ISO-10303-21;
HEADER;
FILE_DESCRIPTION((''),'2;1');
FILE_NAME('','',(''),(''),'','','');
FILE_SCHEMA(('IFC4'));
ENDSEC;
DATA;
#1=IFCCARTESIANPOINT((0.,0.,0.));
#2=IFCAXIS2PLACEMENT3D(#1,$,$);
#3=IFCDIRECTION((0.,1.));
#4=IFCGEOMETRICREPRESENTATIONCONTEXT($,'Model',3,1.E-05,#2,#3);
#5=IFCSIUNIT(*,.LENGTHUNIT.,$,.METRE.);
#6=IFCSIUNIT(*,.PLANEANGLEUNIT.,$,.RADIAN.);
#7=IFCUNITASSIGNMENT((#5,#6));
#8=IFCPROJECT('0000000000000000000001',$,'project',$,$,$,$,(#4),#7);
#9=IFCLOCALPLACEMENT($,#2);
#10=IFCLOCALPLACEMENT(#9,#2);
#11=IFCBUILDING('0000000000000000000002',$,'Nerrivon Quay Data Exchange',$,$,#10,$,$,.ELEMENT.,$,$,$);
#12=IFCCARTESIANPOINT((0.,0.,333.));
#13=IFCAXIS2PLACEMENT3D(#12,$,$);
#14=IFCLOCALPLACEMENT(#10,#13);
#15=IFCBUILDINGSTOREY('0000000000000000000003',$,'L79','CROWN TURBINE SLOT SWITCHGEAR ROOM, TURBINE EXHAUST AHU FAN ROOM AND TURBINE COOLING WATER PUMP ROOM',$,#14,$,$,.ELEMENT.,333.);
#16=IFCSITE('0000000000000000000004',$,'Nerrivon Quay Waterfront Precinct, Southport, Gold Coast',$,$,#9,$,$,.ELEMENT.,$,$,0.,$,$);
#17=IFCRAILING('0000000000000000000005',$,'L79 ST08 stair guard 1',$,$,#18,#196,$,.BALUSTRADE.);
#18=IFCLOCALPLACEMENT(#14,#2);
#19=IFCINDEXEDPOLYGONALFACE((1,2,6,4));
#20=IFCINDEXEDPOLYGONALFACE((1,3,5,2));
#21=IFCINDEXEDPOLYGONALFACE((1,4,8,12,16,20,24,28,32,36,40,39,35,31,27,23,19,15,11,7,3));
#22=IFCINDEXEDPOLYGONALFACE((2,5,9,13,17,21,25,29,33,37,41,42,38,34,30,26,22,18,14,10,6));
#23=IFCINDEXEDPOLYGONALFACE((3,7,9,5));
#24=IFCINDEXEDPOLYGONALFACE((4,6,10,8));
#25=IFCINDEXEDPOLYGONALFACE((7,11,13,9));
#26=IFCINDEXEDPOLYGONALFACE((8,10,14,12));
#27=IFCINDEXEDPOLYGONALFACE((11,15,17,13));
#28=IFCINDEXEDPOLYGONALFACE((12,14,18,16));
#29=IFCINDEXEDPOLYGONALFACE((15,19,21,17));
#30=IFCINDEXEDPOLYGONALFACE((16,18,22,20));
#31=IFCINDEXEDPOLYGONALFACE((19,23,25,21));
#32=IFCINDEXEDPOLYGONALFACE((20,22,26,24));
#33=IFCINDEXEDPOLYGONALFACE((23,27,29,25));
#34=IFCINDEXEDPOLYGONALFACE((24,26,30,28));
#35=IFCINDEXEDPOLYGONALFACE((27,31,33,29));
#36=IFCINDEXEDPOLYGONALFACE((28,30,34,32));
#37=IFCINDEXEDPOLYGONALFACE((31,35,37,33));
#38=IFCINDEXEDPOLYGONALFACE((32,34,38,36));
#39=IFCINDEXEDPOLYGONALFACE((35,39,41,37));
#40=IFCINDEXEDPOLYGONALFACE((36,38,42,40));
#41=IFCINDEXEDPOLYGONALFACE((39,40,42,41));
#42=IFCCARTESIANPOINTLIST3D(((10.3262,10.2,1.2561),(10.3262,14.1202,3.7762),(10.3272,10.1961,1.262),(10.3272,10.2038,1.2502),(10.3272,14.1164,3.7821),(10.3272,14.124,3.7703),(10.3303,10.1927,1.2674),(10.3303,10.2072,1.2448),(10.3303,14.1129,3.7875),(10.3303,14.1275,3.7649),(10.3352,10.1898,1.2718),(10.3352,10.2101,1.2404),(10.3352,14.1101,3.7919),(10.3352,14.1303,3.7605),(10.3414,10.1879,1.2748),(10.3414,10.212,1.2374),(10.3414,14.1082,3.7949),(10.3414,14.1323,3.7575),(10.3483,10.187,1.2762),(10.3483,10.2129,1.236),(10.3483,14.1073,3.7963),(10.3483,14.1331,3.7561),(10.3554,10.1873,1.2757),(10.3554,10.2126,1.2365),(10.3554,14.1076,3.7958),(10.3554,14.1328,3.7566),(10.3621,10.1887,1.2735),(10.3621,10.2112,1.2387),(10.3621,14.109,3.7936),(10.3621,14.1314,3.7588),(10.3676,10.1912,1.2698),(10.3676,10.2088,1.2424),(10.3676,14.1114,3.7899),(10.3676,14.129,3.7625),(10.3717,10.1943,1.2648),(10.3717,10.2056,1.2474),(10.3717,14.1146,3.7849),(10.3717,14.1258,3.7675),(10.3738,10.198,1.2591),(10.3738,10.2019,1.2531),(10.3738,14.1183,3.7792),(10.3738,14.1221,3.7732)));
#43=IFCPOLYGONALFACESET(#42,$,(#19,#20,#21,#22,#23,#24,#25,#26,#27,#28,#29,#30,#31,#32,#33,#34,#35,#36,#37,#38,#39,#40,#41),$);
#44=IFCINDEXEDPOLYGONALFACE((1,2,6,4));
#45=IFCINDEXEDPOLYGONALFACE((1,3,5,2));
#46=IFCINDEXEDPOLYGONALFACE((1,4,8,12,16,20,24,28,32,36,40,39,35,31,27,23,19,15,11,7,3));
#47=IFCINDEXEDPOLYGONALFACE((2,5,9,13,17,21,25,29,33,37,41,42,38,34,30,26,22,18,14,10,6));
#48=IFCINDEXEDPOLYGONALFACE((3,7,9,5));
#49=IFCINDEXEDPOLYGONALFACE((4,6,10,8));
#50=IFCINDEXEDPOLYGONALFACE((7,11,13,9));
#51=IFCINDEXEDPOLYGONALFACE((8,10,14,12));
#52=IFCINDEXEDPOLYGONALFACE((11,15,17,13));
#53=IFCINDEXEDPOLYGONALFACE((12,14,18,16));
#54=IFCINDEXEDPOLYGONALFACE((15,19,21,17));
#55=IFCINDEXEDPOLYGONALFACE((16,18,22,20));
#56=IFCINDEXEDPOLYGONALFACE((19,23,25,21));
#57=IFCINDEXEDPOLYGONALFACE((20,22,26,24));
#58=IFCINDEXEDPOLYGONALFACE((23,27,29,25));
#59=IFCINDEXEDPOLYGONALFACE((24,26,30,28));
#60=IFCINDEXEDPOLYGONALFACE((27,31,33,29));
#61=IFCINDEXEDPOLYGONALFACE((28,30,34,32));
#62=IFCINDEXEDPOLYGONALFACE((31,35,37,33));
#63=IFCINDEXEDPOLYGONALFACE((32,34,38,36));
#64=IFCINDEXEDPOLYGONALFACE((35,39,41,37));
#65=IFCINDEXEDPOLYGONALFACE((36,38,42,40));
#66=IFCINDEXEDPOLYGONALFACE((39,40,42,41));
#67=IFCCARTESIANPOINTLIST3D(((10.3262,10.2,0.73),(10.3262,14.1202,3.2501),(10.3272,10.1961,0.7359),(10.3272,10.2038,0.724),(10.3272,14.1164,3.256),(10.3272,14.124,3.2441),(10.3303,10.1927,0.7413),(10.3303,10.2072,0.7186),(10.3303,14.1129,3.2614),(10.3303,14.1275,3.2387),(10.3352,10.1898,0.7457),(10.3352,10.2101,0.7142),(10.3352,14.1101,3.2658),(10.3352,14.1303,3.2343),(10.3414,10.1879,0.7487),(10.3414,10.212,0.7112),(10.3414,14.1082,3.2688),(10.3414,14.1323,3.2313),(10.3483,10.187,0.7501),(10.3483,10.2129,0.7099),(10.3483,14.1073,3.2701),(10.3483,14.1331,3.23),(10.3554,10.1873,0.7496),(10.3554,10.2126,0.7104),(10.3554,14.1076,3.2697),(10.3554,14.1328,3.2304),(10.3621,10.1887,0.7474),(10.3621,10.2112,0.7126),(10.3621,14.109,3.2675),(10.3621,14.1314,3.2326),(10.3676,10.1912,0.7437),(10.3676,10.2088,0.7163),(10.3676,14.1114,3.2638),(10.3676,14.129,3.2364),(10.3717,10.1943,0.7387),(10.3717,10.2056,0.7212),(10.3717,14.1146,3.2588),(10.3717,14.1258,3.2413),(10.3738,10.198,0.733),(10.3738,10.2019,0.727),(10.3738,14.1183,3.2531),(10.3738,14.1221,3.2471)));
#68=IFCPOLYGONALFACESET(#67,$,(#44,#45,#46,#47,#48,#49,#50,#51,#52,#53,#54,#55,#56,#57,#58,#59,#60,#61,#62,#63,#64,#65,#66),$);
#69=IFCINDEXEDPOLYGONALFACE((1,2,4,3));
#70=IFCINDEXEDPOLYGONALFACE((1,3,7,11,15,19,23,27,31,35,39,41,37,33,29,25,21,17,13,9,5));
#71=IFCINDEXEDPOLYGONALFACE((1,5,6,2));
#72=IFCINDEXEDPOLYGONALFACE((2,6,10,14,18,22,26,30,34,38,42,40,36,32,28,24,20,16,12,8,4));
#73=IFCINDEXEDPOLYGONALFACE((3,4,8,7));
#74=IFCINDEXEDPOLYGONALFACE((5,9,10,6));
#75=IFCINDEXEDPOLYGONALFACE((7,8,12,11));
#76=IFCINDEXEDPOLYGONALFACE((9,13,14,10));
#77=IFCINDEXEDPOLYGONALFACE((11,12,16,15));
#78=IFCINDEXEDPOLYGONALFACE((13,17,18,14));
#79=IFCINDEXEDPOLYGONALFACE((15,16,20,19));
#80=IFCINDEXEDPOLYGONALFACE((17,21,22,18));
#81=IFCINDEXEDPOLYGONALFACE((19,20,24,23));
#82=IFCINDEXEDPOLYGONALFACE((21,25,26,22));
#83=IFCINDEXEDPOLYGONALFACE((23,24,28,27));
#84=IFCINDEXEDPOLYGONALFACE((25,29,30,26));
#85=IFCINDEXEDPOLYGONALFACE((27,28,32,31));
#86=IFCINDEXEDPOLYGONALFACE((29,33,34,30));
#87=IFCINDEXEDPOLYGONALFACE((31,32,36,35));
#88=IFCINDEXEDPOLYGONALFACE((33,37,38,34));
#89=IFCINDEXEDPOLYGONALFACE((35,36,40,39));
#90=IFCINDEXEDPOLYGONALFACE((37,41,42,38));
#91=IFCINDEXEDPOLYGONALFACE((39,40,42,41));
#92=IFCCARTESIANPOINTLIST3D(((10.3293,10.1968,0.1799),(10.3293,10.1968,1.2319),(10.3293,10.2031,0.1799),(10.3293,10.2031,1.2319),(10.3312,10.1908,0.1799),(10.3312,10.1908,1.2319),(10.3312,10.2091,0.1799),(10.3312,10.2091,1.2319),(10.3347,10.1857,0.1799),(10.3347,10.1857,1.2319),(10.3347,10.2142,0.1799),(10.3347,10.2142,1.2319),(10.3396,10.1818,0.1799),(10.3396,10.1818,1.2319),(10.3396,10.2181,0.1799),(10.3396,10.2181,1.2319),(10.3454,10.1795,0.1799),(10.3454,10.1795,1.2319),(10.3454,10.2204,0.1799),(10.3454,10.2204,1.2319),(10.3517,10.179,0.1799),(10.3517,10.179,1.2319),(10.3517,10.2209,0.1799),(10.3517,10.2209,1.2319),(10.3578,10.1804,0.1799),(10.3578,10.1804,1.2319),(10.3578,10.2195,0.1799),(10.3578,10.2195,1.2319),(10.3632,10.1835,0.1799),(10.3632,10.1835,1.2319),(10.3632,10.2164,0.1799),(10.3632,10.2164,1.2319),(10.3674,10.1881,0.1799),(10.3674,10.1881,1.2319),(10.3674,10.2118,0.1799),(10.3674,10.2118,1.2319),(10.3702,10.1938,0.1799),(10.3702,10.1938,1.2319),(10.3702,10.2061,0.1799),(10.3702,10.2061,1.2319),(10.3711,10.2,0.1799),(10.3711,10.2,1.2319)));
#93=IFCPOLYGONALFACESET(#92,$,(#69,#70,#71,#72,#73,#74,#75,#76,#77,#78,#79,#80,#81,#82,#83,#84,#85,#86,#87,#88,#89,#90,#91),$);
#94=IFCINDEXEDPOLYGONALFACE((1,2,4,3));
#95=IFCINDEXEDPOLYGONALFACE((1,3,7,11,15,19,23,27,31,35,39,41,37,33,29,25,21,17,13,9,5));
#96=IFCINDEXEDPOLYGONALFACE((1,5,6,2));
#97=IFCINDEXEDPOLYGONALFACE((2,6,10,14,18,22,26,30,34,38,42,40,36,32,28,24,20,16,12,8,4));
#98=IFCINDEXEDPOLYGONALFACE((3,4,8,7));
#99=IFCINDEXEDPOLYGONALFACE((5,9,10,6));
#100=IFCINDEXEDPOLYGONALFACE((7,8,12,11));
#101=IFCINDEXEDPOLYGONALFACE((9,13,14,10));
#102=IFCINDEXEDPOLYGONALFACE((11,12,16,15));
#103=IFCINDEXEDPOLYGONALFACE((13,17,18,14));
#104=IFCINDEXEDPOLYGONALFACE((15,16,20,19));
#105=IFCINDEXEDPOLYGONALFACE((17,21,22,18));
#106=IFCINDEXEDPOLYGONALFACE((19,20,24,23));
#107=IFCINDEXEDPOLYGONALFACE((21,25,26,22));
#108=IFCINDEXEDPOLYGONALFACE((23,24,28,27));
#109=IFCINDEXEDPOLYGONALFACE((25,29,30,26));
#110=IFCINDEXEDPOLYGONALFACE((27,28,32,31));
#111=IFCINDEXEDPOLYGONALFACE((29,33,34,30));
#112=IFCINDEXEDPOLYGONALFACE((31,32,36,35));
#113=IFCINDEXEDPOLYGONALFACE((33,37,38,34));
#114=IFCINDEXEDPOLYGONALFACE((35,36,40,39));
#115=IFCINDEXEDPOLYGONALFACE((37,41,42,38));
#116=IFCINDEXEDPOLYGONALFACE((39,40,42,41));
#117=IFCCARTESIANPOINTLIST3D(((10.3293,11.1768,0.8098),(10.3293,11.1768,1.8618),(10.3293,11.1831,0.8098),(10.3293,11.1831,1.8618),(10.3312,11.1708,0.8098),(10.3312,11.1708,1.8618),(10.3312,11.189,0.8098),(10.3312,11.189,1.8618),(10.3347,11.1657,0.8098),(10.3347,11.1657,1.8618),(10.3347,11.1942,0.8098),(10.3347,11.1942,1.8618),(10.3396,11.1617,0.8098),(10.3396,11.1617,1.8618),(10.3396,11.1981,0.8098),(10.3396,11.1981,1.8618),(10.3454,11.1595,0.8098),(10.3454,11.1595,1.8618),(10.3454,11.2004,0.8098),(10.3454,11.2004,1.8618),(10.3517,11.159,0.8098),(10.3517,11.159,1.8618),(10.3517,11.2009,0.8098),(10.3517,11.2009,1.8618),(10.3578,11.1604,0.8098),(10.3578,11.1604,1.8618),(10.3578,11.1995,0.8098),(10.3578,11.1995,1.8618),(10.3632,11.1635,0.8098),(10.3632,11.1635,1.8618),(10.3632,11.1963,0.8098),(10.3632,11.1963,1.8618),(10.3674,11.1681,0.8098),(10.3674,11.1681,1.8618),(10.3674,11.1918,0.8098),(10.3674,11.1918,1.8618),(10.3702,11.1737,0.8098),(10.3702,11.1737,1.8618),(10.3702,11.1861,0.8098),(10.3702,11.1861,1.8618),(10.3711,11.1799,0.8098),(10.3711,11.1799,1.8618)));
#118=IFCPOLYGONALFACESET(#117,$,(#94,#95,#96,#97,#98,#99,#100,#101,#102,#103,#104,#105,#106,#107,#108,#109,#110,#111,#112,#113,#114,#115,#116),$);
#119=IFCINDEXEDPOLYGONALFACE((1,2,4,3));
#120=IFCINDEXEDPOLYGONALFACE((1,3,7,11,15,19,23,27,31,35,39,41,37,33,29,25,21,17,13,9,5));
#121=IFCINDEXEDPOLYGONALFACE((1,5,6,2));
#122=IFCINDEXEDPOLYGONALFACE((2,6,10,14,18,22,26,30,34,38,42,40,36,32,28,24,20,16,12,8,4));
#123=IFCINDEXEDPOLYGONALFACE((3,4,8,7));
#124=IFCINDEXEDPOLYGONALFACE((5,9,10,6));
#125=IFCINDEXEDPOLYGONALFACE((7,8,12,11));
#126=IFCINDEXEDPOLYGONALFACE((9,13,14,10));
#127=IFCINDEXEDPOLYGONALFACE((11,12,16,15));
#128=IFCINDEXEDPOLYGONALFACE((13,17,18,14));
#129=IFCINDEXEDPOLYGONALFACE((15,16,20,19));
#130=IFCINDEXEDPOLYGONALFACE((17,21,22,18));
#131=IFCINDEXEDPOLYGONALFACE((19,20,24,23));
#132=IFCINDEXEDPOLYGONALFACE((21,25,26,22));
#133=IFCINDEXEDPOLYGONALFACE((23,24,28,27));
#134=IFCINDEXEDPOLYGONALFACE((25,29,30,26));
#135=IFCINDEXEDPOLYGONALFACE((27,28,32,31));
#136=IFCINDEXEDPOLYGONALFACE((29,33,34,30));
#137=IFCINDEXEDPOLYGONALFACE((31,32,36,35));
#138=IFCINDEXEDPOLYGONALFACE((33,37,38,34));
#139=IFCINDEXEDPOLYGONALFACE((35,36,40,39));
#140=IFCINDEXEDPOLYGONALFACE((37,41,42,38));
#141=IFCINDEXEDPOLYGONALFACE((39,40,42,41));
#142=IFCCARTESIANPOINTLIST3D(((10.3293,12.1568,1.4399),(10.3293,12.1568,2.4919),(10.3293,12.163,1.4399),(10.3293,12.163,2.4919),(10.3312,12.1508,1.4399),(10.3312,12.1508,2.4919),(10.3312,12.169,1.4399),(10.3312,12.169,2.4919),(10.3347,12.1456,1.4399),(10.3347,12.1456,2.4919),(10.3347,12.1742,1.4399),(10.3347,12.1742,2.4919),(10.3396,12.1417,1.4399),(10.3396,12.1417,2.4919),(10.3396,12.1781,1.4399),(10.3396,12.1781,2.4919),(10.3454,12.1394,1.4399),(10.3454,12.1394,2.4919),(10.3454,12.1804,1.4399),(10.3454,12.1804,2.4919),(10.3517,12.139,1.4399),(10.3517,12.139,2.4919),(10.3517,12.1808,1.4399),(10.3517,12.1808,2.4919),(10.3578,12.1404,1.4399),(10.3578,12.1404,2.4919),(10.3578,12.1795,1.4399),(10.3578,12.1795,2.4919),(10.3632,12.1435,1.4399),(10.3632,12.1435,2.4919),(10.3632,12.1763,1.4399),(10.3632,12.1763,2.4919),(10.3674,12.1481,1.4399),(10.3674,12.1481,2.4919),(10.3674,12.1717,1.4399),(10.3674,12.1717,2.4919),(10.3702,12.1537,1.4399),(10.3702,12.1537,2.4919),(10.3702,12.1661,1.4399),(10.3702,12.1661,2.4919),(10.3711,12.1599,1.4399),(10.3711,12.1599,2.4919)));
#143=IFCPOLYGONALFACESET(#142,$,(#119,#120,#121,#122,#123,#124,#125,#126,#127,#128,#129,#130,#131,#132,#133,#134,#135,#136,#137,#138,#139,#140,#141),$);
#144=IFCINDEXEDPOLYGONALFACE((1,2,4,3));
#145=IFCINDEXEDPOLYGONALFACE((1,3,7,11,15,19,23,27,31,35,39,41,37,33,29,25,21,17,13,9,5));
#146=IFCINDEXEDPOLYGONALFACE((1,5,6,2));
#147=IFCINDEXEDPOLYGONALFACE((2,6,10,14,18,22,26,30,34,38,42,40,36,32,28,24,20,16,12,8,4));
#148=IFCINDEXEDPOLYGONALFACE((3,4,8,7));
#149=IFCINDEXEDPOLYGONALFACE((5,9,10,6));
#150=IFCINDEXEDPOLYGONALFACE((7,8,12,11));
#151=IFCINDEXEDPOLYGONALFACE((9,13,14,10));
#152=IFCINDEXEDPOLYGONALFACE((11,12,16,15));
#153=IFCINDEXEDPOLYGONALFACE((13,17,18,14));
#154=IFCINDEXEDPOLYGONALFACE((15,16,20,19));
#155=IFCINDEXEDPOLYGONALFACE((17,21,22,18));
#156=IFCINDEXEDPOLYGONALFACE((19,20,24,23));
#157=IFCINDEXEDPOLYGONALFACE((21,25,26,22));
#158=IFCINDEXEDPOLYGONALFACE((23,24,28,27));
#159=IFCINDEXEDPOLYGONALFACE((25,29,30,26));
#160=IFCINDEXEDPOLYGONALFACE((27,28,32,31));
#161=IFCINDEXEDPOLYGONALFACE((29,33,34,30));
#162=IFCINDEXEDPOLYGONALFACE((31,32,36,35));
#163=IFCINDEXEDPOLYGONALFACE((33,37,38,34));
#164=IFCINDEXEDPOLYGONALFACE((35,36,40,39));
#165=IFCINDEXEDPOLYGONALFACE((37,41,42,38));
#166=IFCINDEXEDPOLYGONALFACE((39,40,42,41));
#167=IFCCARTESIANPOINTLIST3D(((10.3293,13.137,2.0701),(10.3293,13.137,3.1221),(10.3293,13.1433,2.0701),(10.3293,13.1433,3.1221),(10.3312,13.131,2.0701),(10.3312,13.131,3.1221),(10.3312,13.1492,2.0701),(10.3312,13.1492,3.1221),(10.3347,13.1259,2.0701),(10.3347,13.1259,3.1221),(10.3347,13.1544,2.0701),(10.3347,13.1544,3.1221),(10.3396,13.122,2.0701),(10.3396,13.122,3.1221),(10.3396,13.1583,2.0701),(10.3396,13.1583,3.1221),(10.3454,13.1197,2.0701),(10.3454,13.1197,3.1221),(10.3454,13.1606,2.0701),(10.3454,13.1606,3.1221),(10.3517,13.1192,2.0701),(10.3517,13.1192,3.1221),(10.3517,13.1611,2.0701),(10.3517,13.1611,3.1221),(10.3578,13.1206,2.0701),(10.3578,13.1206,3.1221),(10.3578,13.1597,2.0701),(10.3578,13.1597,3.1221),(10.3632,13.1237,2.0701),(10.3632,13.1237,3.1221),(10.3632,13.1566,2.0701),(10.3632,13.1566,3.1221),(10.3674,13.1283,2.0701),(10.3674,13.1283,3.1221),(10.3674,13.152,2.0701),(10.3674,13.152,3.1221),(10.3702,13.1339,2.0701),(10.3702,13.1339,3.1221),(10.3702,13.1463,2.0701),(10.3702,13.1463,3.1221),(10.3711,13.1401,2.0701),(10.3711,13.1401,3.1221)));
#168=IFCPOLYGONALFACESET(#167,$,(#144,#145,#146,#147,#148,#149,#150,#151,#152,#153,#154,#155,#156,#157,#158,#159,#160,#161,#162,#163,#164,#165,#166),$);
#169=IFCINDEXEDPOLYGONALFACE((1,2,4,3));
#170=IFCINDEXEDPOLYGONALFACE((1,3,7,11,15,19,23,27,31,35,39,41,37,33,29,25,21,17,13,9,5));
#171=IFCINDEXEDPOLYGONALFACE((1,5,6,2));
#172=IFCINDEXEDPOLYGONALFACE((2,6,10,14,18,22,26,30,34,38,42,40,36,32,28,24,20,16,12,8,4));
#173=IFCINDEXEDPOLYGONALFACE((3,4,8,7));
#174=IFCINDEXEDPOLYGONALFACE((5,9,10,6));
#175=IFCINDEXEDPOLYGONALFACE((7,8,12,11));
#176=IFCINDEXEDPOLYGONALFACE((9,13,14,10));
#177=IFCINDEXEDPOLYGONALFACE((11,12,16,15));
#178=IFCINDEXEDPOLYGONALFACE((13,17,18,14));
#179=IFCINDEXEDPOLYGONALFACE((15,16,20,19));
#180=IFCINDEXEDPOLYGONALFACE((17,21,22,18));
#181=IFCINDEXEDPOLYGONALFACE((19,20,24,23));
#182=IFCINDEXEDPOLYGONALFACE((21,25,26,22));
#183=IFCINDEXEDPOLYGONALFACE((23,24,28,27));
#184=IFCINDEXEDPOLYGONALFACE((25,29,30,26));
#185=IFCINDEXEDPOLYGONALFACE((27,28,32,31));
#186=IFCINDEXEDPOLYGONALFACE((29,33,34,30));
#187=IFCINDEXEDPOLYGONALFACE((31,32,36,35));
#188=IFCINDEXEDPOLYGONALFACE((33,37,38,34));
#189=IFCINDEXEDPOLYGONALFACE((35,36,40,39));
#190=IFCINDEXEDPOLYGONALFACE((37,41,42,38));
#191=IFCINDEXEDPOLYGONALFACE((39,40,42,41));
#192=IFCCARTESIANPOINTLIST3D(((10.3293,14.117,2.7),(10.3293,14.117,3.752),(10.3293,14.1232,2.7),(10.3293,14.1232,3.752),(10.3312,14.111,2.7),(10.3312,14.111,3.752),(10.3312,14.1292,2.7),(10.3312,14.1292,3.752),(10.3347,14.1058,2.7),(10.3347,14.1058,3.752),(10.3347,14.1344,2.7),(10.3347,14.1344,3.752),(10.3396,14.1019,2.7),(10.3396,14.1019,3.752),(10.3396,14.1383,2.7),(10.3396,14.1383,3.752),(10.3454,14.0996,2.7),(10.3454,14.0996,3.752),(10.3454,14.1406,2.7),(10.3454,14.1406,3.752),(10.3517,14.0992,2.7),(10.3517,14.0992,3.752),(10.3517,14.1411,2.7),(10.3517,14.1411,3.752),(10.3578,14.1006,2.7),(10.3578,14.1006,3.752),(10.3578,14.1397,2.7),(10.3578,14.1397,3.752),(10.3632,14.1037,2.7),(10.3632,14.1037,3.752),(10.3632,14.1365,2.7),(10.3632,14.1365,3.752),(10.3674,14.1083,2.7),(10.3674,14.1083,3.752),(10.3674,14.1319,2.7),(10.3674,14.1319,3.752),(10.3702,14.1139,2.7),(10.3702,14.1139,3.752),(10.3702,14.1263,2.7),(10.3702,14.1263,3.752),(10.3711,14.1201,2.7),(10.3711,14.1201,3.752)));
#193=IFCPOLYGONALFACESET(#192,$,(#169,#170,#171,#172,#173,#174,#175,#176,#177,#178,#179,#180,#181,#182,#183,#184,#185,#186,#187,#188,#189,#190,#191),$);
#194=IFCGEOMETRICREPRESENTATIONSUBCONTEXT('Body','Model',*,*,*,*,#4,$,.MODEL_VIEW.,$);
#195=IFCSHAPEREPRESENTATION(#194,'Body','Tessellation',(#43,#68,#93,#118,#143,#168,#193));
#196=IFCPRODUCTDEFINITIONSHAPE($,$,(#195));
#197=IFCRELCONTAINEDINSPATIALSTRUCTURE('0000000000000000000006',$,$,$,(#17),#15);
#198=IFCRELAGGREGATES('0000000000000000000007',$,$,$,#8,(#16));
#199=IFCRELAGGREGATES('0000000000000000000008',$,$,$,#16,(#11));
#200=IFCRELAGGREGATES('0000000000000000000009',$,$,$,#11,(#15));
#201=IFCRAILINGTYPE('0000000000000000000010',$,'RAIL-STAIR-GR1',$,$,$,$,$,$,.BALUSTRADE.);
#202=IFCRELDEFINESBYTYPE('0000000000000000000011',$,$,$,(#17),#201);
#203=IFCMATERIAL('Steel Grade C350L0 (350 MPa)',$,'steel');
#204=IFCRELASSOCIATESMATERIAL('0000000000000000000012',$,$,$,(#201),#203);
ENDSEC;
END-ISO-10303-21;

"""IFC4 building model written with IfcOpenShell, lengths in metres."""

from ifc_helpers import new_model, si_unit, direction, frame, origin, origin_2d, place, context, subcontext, project, spatial, circle, extrude, material, type_object, element, save


model = new_model("IFC4")

# Units and contexts
model_context = context("Model", 3, precision=1e-05, world=origin(), true_north=direction((0.0, 1.0)))
body_context = subcontext(model_context, "Body", "Model", "MODEL_VIEW")
ifc_project = project(units=[si_unit("LENGTHUNIT", "METRE"), si_unit("PLANEANGLEUNIT", "RADIAN")], contexts=[model_context])

# Site, building, storey
site_placement = place(None, origin())
site = spatial("IfcSite", under=ifc_project, at=site_placement, Name="Nerrivon Quay Waterfront Precinct, Southport, Gold Coast", CompositionType="ELEMENT", RefElevation=0.0)
building_placement = place(site_placement, origin())
building = spatial("IfcBuilding", under=site, at=building_placement, Name="Nerrivon Quay Data Exchange", CompositionType="ELEMENT")
storey_placement = place(building_placement, frame((0.0, 0.0, 333.0)))
storey = spatial("IfcBuildingStorey", under=building, at=storey_placement, Name="L79", Description="CROWN TURBINE SLOT SWITCHGEAR ROOM, TURBINE EXHAUST AHU FAN ROOM AND TURBINE COOLING WATER PUMP ROOM", CompositionType="ELEMENT", Elevation=333.0)

# Shared definitions
ifc_material_1 = material(Name="Steel Grade C350L0 (350 MPa)", Category="steel")

# Railing
railing_type_1 = type_object("IfcRailingType", Name="RAIL-STAIR-GR1", PredefinedType="BALUSTRADE", material=ifc_material_1)
railing_1_placement = place(storey_placement, frame((10.3501, 10.2, 0.1799)))
element("IfcRailing", 1, at=railing_1_placement, inside=storey, type_object=railing_type_1, Name="L79 ST08 stair guard 1", PredefinedType="BALUSTRADE", context=body_context, shape_type="SweptSolid", body=[
    extrude(circle(Radius=0.0239, at=origin_2d()), frame((0.0, 0.0, 1.0762), z_axis=(0.0, 0.841187, 0.540744), x_axis=(-1.0, 0.0, 0.0)), (0.0, 0.0, 1.0), 4.6604),
    extrude(circle(Radius=0.0239, at=origin_2d()), frame((0.0, 0.0, 0.55), z_axis=(0.0, 0.841187, 0.540744), x_axis=(-1.0, 0.0, 0.0)), (0.0, 0.0, 1.0), 4.6604),
    extrude(circle(Radius=0.021, at=origin_2d()), origin(), (0.0, 0.0, 1.0), 1.052),
    extrude(circle(Radius=0.021, at=origin_2d()), frame((0.0, 0.98, 0.6299)), (0.0, 0.0, 1.0), 1.052),
    extrude(circle(Radius=0.021, at=origin_2d()), frame((0.0, 1.96, 1.26)), (0.0, 0.0, 1.0), 1.052),
    extrude(circle(Radius=0.021, at=origin_2d()), frame((0.0, 2.9402, 1.8901)), (0.0, 0.0, 1.0), 1.052),
    extrude(circle(Radius=0.021, at=origin_2d()), frame((0.0, 3.9202, 2.52)), (0.0, 0.0, 1.0), 1.052),
])

save(model, "model.ifc")
